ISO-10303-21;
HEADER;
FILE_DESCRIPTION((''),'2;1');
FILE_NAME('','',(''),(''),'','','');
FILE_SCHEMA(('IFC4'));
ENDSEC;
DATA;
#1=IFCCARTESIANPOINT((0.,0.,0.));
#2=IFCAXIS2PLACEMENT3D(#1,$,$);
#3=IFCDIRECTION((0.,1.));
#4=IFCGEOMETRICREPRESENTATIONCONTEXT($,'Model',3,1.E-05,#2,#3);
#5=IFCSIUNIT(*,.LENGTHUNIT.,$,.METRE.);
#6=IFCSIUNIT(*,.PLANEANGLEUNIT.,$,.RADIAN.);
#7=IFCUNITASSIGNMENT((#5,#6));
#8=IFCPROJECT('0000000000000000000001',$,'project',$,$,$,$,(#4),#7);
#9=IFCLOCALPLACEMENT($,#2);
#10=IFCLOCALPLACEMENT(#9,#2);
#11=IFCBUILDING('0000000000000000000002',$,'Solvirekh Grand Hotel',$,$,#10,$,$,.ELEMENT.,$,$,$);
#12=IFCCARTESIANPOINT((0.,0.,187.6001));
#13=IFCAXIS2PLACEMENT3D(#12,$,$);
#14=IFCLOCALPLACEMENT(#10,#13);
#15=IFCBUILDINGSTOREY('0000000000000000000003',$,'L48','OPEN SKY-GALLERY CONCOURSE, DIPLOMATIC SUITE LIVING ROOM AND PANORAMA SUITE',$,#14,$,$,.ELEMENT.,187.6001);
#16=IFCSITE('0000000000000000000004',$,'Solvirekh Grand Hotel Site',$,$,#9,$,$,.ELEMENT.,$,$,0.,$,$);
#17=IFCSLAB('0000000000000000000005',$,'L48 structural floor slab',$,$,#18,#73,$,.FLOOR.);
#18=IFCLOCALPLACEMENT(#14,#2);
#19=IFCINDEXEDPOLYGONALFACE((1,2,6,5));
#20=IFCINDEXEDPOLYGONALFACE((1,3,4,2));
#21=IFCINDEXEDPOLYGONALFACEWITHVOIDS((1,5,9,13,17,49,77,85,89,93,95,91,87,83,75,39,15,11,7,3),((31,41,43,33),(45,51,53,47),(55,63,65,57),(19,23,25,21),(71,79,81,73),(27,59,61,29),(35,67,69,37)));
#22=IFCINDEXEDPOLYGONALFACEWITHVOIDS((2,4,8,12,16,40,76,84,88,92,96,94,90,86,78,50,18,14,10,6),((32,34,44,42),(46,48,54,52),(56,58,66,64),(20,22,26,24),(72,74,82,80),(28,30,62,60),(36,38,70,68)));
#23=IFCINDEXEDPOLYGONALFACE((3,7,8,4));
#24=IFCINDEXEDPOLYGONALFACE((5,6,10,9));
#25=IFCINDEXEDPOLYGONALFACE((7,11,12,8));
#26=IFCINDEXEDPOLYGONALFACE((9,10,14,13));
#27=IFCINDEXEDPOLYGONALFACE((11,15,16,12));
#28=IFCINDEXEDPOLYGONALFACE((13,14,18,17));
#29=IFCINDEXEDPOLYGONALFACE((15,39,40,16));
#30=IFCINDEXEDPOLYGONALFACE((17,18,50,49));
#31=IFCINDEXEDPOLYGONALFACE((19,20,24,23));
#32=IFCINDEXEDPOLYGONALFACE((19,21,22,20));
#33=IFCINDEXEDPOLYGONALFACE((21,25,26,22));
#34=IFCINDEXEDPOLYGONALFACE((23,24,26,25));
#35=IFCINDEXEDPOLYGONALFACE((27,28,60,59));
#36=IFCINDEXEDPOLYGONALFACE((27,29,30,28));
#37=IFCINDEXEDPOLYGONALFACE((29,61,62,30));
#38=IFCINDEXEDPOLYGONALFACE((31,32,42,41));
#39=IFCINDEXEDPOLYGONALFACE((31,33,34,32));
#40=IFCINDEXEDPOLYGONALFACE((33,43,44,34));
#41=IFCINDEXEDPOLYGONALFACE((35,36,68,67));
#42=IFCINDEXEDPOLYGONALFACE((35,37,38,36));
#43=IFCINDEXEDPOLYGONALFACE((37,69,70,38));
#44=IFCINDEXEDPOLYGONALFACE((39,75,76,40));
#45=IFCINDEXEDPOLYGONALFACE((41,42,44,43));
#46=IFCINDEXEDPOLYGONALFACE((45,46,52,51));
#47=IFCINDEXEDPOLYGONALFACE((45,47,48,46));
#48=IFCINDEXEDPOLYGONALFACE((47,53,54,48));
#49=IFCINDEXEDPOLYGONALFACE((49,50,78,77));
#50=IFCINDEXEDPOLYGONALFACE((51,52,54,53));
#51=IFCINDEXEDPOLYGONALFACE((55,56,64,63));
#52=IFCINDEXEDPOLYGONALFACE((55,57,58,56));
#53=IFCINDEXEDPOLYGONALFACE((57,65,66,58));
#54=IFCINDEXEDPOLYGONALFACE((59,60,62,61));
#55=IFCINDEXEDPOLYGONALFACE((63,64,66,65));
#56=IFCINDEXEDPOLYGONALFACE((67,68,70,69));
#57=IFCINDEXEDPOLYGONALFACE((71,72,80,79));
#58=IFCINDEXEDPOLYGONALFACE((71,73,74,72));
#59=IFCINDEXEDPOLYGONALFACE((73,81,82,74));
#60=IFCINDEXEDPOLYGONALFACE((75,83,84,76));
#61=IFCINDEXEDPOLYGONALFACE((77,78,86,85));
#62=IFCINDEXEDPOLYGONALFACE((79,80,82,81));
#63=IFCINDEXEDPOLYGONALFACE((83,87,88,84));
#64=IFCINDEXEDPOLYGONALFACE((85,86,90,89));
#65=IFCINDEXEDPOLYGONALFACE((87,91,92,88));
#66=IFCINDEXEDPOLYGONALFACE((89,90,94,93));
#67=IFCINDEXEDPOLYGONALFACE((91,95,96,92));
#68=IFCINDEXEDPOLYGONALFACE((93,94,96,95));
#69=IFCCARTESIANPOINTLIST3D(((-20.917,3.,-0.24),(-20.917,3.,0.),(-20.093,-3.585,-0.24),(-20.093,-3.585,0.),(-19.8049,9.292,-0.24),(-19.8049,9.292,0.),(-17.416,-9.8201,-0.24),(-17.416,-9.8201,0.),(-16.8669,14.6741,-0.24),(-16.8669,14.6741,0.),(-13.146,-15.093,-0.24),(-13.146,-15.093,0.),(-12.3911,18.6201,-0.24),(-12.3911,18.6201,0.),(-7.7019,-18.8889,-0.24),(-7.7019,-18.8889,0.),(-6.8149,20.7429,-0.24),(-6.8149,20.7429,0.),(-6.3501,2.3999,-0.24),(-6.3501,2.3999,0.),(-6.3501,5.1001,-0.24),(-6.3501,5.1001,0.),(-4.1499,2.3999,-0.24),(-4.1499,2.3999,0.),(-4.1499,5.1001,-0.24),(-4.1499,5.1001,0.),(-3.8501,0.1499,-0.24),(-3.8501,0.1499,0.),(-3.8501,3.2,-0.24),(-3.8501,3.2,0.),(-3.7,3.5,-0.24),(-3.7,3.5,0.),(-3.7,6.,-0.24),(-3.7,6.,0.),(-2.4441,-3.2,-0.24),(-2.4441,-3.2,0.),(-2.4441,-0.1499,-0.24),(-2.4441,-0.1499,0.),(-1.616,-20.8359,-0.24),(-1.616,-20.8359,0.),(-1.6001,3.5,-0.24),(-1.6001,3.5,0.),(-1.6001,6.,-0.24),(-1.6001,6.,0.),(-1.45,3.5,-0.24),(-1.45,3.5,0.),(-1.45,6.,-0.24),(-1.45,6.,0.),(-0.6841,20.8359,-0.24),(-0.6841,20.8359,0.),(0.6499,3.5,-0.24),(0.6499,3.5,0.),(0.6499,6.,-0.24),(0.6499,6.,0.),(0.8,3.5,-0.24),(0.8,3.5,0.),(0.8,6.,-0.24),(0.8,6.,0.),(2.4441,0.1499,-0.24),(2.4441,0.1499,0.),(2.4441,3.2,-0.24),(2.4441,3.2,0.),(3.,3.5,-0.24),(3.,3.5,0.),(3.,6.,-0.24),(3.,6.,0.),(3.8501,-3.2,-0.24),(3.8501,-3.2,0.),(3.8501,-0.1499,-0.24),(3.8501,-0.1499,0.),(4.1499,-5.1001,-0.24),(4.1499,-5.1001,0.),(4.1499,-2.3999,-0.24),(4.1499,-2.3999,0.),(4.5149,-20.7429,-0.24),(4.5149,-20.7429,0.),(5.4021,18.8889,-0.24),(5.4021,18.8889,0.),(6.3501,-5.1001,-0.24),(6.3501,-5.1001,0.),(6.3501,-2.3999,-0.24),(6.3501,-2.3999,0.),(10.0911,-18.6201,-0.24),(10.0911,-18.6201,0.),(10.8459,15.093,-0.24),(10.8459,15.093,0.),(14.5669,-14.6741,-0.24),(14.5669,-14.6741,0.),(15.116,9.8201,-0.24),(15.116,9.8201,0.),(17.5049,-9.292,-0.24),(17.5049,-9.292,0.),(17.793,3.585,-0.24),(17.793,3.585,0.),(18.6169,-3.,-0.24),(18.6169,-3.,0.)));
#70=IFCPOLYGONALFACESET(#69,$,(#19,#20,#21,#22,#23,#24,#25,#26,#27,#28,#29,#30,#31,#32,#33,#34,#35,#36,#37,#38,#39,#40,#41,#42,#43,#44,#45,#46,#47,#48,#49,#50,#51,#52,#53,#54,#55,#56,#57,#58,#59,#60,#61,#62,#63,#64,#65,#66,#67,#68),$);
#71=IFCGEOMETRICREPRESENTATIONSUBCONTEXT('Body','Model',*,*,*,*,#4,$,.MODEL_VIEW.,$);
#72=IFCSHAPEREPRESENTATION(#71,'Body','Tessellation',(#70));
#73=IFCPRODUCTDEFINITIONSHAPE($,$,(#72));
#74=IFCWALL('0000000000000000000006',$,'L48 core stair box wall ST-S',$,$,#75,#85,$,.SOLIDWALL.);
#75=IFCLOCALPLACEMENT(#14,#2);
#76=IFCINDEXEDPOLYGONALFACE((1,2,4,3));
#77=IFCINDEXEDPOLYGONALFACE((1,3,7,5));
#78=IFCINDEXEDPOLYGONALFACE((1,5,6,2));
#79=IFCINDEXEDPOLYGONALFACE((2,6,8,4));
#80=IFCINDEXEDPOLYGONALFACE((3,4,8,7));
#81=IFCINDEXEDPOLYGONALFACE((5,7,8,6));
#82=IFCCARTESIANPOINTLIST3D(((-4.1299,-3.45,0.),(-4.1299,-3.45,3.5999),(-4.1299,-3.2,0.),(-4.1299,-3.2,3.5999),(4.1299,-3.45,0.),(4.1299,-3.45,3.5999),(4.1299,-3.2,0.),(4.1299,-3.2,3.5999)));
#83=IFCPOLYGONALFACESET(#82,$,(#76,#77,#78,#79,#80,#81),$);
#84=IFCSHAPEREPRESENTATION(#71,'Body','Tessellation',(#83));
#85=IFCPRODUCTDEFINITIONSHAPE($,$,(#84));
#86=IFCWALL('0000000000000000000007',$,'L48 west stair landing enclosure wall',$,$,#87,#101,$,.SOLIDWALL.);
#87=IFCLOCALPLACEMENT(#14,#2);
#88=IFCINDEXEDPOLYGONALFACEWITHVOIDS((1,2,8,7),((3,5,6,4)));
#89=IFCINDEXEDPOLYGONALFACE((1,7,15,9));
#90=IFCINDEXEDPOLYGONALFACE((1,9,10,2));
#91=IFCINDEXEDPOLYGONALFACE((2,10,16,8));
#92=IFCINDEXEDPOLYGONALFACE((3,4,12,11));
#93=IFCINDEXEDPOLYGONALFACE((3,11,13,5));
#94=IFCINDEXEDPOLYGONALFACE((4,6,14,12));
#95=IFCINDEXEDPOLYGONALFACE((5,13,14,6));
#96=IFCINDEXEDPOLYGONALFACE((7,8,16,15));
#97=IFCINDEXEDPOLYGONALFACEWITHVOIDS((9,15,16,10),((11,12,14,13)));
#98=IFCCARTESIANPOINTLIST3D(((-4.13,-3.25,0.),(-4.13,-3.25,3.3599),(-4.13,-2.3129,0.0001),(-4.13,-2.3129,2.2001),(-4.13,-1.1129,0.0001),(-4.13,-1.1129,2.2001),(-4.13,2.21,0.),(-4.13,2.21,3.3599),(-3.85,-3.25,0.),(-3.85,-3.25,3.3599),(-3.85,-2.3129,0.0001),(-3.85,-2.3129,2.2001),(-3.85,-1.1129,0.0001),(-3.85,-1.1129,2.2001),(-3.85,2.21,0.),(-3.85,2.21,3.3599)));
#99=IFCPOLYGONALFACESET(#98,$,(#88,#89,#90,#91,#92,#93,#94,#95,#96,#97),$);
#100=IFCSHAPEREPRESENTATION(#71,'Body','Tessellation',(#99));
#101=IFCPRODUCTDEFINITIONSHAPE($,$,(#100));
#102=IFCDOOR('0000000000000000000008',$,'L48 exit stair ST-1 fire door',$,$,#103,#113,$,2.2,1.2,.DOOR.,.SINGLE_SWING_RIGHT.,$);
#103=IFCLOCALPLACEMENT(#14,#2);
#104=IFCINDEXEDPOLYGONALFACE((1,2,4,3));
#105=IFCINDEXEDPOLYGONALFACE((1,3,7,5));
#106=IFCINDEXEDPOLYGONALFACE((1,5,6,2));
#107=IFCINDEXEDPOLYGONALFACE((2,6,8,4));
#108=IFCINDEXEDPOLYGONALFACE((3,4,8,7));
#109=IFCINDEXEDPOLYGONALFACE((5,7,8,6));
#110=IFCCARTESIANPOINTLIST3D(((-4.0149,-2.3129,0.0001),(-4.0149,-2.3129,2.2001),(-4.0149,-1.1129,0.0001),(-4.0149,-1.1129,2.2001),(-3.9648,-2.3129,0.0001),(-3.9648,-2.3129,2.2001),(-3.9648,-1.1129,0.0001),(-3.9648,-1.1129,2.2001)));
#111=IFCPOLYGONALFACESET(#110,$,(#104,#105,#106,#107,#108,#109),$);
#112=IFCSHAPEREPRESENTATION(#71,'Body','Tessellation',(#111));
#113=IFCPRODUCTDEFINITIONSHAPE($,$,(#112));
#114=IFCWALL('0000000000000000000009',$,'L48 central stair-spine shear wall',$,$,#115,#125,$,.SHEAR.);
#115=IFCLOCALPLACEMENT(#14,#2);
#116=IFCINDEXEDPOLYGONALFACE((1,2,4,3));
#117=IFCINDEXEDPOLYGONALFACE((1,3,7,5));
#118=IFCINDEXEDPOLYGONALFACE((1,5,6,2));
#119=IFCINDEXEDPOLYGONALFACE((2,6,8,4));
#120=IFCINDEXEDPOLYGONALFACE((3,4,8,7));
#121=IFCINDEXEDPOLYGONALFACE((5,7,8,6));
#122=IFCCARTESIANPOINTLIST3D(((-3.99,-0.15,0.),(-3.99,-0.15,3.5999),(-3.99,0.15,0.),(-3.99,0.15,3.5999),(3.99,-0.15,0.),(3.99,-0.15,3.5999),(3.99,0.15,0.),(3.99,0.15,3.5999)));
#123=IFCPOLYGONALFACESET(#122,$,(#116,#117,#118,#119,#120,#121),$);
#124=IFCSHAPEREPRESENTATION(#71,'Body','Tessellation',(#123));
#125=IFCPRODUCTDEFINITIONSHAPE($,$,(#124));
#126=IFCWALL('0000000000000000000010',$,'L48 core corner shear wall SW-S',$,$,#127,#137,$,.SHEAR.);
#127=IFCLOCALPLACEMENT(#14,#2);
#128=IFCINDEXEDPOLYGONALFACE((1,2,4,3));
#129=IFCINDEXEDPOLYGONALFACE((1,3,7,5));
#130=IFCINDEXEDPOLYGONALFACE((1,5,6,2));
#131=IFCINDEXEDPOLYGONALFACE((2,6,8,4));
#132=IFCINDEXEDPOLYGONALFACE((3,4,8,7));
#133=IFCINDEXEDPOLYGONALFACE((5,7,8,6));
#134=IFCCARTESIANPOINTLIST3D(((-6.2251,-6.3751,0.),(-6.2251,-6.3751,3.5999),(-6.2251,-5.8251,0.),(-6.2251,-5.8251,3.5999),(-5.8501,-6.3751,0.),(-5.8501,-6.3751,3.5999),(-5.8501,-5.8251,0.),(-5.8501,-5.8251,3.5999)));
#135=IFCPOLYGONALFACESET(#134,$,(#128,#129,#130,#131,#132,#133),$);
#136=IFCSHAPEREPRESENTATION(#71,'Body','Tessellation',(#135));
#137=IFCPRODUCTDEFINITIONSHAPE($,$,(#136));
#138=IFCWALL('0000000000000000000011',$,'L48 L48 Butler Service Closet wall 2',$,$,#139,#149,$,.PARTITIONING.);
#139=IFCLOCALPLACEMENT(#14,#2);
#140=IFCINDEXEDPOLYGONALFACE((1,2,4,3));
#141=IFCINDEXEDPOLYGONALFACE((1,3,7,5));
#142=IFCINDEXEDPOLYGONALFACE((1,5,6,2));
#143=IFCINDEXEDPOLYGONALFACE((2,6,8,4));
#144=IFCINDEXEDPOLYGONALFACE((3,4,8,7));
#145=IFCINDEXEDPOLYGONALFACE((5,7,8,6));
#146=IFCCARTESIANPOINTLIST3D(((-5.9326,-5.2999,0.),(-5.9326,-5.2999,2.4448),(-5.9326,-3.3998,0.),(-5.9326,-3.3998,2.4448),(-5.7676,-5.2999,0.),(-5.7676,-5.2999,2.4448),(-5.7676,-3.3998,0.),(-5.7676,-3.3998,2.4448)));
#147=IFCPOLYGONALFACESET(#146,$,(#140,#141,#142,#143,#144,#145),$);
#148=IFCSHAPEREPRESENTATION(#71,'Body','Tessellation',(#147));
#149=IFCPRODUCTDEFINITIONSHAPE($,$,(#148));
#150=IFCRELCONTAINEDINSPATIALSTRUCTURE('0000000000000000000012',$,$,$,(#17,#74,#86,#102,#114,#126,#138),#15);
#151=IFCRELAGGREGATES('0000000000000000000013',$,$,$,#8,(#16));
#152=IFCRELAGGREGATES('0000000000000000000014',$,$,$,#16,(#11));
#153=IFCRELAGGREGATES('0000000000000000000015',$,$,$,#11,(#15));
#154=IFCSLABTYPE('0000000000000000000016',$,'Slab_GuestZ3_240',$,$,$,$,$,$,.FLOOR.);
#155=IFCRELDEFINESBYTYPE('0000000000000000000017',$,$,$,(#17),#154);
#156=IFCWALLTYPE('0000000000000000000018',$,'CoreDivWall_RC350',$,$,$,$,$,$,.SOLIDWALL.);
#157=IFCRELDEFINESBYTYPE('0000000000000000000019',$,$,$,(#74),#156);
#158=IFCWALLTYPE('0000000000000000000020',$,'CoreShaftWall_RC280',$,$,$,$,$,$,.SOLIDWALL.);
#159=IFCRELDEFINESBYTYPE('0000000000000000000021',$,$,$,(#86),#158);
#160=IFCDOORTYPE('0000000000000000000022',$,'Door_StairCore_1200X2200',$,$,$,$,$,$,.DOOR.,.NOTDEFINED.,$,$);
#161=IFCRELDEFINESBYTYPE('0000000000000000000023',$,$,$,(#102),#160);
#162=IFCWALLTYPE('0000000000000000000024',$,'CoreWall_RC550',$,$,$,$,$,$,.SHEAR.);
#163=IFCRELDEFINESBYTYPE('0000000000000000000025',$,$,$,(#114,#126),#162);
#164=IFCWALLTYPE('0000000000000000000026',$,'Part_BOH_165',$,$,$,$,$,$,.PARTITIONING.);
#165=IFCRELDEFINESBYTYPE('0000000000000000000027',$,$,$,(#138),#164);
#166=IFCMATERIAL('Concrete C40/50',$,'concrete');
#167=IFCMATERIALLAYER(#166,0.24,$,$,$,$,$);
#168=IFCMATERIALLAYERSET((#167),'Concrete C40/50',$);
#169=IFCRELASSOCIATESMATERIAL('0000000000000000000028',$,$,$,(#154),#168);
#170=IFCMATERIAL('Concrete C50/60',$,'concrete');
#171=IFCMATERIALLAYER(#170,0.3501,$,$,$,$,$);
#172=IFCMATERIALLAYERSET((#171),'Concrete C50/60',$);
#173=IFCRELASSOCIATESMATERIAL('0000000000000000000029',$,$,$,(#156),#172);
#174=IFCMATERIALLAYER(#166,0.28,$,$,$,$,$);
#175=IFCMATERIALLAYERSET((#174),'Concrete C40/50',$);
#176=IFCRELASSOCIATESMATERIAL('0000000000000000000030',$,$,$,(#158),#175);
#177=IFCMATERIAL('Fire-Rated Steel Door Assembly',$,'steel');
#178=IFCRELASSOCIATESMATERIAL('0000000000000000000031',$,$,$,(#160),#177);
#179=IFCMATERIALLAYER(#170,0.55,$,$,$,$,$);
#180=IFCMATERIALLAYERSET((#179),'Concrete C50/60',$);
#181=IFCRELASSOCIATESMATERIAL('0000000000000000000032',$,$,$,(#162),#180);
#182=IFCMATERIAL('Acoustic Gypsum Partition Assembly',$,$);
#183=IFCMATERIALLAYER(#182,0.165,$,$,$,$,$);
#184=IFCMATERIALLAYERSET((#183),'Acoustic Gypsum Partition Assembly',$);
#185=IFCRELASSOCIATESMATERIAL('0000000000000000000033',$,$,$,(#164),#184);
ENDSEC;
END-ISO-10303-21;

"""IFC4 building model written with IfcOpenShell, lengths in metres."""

from ifc_helpers import new_model, si_unit, direction, frame, frame_2d, origin, place, context, subcontext, project, spatial, polyline, rectangle, outline, extrude, material, layer, layer_set, type_object, element, fill, save


model = new_model("IFC4")

# Units and contexts
model_context = context("Model", 3, precision=1e-05, world=origin(), true_north=direction((0.0, 1.0)))
body_context = subcontext(model_context, "Body", "Model", "MODEL_VIEW")
ifc_project = project(units=[si_unit("LENGTHUNIT", "METRE"), si_unit("PLANEANGLEUNIT", "RADIAN")], contexts=[model_context])

# Site, building, storey
site_placement = place(None, origin())
site = spatial("IfcSite", under=ifc_project, at=site_placement, Name="Solvirekh Grand Hotel Site", CompositionType="ELEMENT", RefElevation=0.0)
building_placement = place(site_placement, origin())
building = spatial("IfcBuilding", under=site, at=building_placement, Name="Solvirekh Grand Hotel", CompositionType="ELEMENT")
storey_placement = place(building_placement, frame((0.0, 0.0, 187.6001)))
storey = spatial("IfcBuildingStorey", under=building, at=storey_placement, Name="L48", Description="OPEN SKY-GALLERY CONCOURSE, DIPLOMATIC SUITE LIVING ROOM AND PANORAMA SUITE", CompositionType="ELEMENT", Elevation=187.6001)

# Shared definitions
ifc_material_1 = material(Name="Concrete C50/60", Category="concrete")

# Shared definitions
ifc_material_2 = material(Name="Concrete C40/50", Category="concrete")

# Slab
ifc_layer_1 = layer(ifc_material_2, 0.24)
ifc_layer_set_1 = layer_set([ifc_layer_1], Name="Concrete C40/50")
slab_type_1 = type_object("IfcSlabType", Name="Slab_GuestZ3_240", PredefinedType="FLOOR", material=ifc_layer_set_1)
slab_1_placement = place(storey_placement, frame((0.0, 0.0, -0.24)))
element("IfcSlab", 1, at=slab_1_placement, inside=storey, type_object=slab_type_1, Name="L48 structural floor slab", PredefinedType="FLOOR", context=body_context, shape_type="SweptSolid", body=[
    extrude(outline(polyline([(10.0911, -18.6201), (14.5669, -14.6741), (17.5049, -9.292), (18.6169, -3.0), (17.793, 3.585), (15.116, 9.8201), (10.8459, 15.093), (5.4021, 18.8889), (-0.6841, 20.8359), (-6.8149, 20.7429), (-12.3911, 18.6201), (-16.8669, 14.6741), (-19.8049, 9.292), (-20.917, 3.0), (-20.093, -3.585), (-17.416, -9.8201), (-13.146, -15.093), (-7.7019, -18.8889), (-1.616, -20.8359), (4.5149, -20.7429), (10.0911, -18.6201)]), holes=[polyline([(-2.4441, -0.1499), (3.8501, -0.1499), (3.8501, -3.2), (-2.4441, -3.2), (-2.4441, -0.1499)]), polyline([(2.4441, 0.1499), (-3.8501, 0.1499), (-3.8501, 3.2), (2.4441, 3.2), (2.4441, 0.1499)]), polyline([(-3.7, 6.0), (-1.6001, 6.0), (-1.6001, 3.5), (-3.7, 3.5), (-3.7, 6.0)]), polyline([(-1.45, 6.0), (0.6499, 6.0), (0.6499, 3.5), (-1.45, 3.5), (-1.45, 6.0)]), polyline([(0.8, 6.0), (3.0, 6.0), (3.0, 3.5), (0.8, 3.5), (0.8, 6.0)]), polyline([(-6.3501, 5.1001), (-4.1499, 5.1001), (-4.1499, 2.3999), (-6.3501, 2.3999), (-6.3501, 5.1001)]), polyline([(4.1499, -2.3999), (6.3501, -2.3999), (6.3501, -5.1001), (4.1499, -5.1001), (4.1499, -2.3999)])]), origin(), (0.0, 0.0, 1.0), 0.24),
])

# Wall
ifc_layer_2 = layer(ifc_material_1, 0.3501)
ifc_layer_set_2 = layer_set([ifc_layer_2], Name="Concrete C50/60")
wall_type_1 = type_object("IfcWallType", Name="CoreDivWall_RC350", PredefinedType="SOLIDWALL", material=ifc_layer_set_2)
wall_1_placement = place(storey_placement, frame((-4.1299, -3.325, 0.0), z_axis=(0.0, 0.0, 1.0), x_axis=(1.0, 0.0, 0.0)))
element("IfcWall", 2, at=wall_1_placement, inside=storey, type_object=wall_type_1, Name="L48 core stair box wall ST-S", PredefinedType="SOLIDWALL", context=body_context, shape_type="SweptSolid", body=[
    extrude(rectangle(XDim=8.2598, YDim=0.25, at=frame_2d((4.1299, 0.0))), origin(), (0.0, 0.0, 1.0), 3.5999),
])

# Wall, opening, door
ifc_layer_3 = layer(ifc_material_2, 0.28)
ifc_layer_set_3 = layer_set([ifc_layer_3], Name="Concrete C40/50")
wall_type_2 = type_object("IfcWallType", Name="CoreShaftWall_RC280", PredefinedType="SOLIDWALL", material=ifc_layer_set_3)
wall_2_placement = place(storey_placement, frame((-3.99, -3.25, 0.0), z_axis=(0.0, 0.0, 1.0), x_axis=(0.0, 1.0, 0.0)))
wall_2 = element("IfcWall", 3, at=wall_2_placement, inside=storey, type_object=wall_type_2, Name="L48 west stair landing enclosure wall", PredefinedType="SOLIDWALL", context=body_context, shape_type="SweptSolid", body=[
    extrude(rectangle(XDim=5.46, YDim=0.28, at=frame_2d((2.73, 0.0))), origin(), (0.0, 0.0, 1.0), 3.3599),
])
opening_placement = place(wall_2_placement, frame((0.937, 0.0, 0.0)))
opening = element("IfcOpeningElement", 4, at=opening_placement, cuts=wall_2, PredefinedType="OPENING", context=body_context, shape_type="SweptSolid", body=[
    extrude(rectangle(XDim=1.2, YDim=2.2, at=frame_2d((0.6001, 1.1001))), frame((0.0, 0.1499, 0.0), z_axis=(0.0, -1.0, 0.0), x_axis=(1.0, 0.0, 0.0)), (0.0, 0.0, 1.0), 0.3),
])
ifc_material_3 = material(Name="Fire-Rated Steel Door Assembly", Category="steel")
door_type = type_object("IfcDoorType", Name="Door_StairCore_1200X2200", OperationType="NOTDEFINED", PredefinedType="DOOR", material=ifc_material_3)
door_placement = place(opening_placement, origin())
door = element("IfcDoor", 5, at=door_placement, inside=storey, type_object=door_type, Name="L48 exit stair ST-1 fire door", OperationType="SINGLE_SWING_RIGHT", OverallHeight=2.2, OverallWidth=1.2, PredefinedType="DOOR", context=body_context, shape_type="SweptSolid", body=[
    extrude(rectangle(XDim=1.2, YDim=2.2, at=frame_2d((0.6001, 1.1001))), frame((0.0, 0.0249, 0.0), z_axis=(0.0, -1.0, 0.0), x_axis=(1.0, 0.0, 0.0)), (0.0, 0.0, 1.0), 0.05),
])
fill(opening, door)

# Walls
ifc_layer_4 = layer(ifc_material_1, 0.55)
ifc_layer_set_4 = layer_set([ifc_layer_4], Name="Concrete C50/60")
wall_type_3 = type_object("IfcWallType", Name="CoreWall_RC550", PredefinedType="SHEAR", material=ifc_layer_set_4)
wall_3_placement = place(storey_placement, frame((-3.99, 0.0, 0.0), z_axis=(0.0, 0.0, 1.0), x_axis=(1.0, 0.0, 0.0)))
element("IfcWall", 6, at=wall_3_placement, inside=storey, type_object=wall_type_3, Name="L48 central stair-spine shear wall", PredefinedType="SHEAR", context=body_context, shape_type="SweptSolid", body=[
    extrude(rectangle(XDim=7.98, YDim=0.3, at=frame_2d((3.99, 0.0))), origin(), (0.0, 0.0, 1.0), 3.5999),
])
wall_4_placement = place(storey_placement, frame((-6.2251, -6.1001, 0.0), z_axis=(0.0, 0.0, 1.0), x_axis=(1.0, 0.0, 0.0)))
element("IfcWall", 7, at=wall_4_placement, inside=storey, type_object=wall_type_3, Name="L48 core corner shear wall SW-S", PredefinedType="SHEAR", context=body_context, shape_type="SweptSolid", body=[
    extrude(rectangle(XDim=0.375, YDim=0.55, at=frame_2d((0.1875, 0.0))), origin(), (0.0, 0.0, 1.0), 3.5999),
])
ifc_material_4 = material(Name="Acoustic Gypsum Partition Assembly")
ifc_layer_5 = layer(ifc_material_4, 0.165)
ifc_layer_set_5 = layer_set([ifc_layer_5], Name="Acoustic Gypsum Partition Assembly")
wall_type_4 = type_object("IfcWallType", Name="Part_BOH_165", PredefinedType="PARTITIONING", material=ifc_layer_set_5)
wall_5_placement = place(storey_placement, frame((-5.8501, -5.3, 0.0), z_axis=(0.0, 0.0, 1.0), x_axis=(0.0, 1.0, 0.0)))
element("IfcWall", 8, at=wall_5_placement, inside=storey, type_object=wall_type_4, Name="L48 L48 Butler Service Closet wall 2", PredefinedType="PARTITIONING", context=body_context, shape_type="SweptSolid", body=[
    extrude(rectangle(XDim=1.9001, YDim=0.165, at=frame_2d((0.9502, 0.0))), origin(), (0.0, 0.0, 1.0), 2.4448),
])

save(model, "model.ifc")
